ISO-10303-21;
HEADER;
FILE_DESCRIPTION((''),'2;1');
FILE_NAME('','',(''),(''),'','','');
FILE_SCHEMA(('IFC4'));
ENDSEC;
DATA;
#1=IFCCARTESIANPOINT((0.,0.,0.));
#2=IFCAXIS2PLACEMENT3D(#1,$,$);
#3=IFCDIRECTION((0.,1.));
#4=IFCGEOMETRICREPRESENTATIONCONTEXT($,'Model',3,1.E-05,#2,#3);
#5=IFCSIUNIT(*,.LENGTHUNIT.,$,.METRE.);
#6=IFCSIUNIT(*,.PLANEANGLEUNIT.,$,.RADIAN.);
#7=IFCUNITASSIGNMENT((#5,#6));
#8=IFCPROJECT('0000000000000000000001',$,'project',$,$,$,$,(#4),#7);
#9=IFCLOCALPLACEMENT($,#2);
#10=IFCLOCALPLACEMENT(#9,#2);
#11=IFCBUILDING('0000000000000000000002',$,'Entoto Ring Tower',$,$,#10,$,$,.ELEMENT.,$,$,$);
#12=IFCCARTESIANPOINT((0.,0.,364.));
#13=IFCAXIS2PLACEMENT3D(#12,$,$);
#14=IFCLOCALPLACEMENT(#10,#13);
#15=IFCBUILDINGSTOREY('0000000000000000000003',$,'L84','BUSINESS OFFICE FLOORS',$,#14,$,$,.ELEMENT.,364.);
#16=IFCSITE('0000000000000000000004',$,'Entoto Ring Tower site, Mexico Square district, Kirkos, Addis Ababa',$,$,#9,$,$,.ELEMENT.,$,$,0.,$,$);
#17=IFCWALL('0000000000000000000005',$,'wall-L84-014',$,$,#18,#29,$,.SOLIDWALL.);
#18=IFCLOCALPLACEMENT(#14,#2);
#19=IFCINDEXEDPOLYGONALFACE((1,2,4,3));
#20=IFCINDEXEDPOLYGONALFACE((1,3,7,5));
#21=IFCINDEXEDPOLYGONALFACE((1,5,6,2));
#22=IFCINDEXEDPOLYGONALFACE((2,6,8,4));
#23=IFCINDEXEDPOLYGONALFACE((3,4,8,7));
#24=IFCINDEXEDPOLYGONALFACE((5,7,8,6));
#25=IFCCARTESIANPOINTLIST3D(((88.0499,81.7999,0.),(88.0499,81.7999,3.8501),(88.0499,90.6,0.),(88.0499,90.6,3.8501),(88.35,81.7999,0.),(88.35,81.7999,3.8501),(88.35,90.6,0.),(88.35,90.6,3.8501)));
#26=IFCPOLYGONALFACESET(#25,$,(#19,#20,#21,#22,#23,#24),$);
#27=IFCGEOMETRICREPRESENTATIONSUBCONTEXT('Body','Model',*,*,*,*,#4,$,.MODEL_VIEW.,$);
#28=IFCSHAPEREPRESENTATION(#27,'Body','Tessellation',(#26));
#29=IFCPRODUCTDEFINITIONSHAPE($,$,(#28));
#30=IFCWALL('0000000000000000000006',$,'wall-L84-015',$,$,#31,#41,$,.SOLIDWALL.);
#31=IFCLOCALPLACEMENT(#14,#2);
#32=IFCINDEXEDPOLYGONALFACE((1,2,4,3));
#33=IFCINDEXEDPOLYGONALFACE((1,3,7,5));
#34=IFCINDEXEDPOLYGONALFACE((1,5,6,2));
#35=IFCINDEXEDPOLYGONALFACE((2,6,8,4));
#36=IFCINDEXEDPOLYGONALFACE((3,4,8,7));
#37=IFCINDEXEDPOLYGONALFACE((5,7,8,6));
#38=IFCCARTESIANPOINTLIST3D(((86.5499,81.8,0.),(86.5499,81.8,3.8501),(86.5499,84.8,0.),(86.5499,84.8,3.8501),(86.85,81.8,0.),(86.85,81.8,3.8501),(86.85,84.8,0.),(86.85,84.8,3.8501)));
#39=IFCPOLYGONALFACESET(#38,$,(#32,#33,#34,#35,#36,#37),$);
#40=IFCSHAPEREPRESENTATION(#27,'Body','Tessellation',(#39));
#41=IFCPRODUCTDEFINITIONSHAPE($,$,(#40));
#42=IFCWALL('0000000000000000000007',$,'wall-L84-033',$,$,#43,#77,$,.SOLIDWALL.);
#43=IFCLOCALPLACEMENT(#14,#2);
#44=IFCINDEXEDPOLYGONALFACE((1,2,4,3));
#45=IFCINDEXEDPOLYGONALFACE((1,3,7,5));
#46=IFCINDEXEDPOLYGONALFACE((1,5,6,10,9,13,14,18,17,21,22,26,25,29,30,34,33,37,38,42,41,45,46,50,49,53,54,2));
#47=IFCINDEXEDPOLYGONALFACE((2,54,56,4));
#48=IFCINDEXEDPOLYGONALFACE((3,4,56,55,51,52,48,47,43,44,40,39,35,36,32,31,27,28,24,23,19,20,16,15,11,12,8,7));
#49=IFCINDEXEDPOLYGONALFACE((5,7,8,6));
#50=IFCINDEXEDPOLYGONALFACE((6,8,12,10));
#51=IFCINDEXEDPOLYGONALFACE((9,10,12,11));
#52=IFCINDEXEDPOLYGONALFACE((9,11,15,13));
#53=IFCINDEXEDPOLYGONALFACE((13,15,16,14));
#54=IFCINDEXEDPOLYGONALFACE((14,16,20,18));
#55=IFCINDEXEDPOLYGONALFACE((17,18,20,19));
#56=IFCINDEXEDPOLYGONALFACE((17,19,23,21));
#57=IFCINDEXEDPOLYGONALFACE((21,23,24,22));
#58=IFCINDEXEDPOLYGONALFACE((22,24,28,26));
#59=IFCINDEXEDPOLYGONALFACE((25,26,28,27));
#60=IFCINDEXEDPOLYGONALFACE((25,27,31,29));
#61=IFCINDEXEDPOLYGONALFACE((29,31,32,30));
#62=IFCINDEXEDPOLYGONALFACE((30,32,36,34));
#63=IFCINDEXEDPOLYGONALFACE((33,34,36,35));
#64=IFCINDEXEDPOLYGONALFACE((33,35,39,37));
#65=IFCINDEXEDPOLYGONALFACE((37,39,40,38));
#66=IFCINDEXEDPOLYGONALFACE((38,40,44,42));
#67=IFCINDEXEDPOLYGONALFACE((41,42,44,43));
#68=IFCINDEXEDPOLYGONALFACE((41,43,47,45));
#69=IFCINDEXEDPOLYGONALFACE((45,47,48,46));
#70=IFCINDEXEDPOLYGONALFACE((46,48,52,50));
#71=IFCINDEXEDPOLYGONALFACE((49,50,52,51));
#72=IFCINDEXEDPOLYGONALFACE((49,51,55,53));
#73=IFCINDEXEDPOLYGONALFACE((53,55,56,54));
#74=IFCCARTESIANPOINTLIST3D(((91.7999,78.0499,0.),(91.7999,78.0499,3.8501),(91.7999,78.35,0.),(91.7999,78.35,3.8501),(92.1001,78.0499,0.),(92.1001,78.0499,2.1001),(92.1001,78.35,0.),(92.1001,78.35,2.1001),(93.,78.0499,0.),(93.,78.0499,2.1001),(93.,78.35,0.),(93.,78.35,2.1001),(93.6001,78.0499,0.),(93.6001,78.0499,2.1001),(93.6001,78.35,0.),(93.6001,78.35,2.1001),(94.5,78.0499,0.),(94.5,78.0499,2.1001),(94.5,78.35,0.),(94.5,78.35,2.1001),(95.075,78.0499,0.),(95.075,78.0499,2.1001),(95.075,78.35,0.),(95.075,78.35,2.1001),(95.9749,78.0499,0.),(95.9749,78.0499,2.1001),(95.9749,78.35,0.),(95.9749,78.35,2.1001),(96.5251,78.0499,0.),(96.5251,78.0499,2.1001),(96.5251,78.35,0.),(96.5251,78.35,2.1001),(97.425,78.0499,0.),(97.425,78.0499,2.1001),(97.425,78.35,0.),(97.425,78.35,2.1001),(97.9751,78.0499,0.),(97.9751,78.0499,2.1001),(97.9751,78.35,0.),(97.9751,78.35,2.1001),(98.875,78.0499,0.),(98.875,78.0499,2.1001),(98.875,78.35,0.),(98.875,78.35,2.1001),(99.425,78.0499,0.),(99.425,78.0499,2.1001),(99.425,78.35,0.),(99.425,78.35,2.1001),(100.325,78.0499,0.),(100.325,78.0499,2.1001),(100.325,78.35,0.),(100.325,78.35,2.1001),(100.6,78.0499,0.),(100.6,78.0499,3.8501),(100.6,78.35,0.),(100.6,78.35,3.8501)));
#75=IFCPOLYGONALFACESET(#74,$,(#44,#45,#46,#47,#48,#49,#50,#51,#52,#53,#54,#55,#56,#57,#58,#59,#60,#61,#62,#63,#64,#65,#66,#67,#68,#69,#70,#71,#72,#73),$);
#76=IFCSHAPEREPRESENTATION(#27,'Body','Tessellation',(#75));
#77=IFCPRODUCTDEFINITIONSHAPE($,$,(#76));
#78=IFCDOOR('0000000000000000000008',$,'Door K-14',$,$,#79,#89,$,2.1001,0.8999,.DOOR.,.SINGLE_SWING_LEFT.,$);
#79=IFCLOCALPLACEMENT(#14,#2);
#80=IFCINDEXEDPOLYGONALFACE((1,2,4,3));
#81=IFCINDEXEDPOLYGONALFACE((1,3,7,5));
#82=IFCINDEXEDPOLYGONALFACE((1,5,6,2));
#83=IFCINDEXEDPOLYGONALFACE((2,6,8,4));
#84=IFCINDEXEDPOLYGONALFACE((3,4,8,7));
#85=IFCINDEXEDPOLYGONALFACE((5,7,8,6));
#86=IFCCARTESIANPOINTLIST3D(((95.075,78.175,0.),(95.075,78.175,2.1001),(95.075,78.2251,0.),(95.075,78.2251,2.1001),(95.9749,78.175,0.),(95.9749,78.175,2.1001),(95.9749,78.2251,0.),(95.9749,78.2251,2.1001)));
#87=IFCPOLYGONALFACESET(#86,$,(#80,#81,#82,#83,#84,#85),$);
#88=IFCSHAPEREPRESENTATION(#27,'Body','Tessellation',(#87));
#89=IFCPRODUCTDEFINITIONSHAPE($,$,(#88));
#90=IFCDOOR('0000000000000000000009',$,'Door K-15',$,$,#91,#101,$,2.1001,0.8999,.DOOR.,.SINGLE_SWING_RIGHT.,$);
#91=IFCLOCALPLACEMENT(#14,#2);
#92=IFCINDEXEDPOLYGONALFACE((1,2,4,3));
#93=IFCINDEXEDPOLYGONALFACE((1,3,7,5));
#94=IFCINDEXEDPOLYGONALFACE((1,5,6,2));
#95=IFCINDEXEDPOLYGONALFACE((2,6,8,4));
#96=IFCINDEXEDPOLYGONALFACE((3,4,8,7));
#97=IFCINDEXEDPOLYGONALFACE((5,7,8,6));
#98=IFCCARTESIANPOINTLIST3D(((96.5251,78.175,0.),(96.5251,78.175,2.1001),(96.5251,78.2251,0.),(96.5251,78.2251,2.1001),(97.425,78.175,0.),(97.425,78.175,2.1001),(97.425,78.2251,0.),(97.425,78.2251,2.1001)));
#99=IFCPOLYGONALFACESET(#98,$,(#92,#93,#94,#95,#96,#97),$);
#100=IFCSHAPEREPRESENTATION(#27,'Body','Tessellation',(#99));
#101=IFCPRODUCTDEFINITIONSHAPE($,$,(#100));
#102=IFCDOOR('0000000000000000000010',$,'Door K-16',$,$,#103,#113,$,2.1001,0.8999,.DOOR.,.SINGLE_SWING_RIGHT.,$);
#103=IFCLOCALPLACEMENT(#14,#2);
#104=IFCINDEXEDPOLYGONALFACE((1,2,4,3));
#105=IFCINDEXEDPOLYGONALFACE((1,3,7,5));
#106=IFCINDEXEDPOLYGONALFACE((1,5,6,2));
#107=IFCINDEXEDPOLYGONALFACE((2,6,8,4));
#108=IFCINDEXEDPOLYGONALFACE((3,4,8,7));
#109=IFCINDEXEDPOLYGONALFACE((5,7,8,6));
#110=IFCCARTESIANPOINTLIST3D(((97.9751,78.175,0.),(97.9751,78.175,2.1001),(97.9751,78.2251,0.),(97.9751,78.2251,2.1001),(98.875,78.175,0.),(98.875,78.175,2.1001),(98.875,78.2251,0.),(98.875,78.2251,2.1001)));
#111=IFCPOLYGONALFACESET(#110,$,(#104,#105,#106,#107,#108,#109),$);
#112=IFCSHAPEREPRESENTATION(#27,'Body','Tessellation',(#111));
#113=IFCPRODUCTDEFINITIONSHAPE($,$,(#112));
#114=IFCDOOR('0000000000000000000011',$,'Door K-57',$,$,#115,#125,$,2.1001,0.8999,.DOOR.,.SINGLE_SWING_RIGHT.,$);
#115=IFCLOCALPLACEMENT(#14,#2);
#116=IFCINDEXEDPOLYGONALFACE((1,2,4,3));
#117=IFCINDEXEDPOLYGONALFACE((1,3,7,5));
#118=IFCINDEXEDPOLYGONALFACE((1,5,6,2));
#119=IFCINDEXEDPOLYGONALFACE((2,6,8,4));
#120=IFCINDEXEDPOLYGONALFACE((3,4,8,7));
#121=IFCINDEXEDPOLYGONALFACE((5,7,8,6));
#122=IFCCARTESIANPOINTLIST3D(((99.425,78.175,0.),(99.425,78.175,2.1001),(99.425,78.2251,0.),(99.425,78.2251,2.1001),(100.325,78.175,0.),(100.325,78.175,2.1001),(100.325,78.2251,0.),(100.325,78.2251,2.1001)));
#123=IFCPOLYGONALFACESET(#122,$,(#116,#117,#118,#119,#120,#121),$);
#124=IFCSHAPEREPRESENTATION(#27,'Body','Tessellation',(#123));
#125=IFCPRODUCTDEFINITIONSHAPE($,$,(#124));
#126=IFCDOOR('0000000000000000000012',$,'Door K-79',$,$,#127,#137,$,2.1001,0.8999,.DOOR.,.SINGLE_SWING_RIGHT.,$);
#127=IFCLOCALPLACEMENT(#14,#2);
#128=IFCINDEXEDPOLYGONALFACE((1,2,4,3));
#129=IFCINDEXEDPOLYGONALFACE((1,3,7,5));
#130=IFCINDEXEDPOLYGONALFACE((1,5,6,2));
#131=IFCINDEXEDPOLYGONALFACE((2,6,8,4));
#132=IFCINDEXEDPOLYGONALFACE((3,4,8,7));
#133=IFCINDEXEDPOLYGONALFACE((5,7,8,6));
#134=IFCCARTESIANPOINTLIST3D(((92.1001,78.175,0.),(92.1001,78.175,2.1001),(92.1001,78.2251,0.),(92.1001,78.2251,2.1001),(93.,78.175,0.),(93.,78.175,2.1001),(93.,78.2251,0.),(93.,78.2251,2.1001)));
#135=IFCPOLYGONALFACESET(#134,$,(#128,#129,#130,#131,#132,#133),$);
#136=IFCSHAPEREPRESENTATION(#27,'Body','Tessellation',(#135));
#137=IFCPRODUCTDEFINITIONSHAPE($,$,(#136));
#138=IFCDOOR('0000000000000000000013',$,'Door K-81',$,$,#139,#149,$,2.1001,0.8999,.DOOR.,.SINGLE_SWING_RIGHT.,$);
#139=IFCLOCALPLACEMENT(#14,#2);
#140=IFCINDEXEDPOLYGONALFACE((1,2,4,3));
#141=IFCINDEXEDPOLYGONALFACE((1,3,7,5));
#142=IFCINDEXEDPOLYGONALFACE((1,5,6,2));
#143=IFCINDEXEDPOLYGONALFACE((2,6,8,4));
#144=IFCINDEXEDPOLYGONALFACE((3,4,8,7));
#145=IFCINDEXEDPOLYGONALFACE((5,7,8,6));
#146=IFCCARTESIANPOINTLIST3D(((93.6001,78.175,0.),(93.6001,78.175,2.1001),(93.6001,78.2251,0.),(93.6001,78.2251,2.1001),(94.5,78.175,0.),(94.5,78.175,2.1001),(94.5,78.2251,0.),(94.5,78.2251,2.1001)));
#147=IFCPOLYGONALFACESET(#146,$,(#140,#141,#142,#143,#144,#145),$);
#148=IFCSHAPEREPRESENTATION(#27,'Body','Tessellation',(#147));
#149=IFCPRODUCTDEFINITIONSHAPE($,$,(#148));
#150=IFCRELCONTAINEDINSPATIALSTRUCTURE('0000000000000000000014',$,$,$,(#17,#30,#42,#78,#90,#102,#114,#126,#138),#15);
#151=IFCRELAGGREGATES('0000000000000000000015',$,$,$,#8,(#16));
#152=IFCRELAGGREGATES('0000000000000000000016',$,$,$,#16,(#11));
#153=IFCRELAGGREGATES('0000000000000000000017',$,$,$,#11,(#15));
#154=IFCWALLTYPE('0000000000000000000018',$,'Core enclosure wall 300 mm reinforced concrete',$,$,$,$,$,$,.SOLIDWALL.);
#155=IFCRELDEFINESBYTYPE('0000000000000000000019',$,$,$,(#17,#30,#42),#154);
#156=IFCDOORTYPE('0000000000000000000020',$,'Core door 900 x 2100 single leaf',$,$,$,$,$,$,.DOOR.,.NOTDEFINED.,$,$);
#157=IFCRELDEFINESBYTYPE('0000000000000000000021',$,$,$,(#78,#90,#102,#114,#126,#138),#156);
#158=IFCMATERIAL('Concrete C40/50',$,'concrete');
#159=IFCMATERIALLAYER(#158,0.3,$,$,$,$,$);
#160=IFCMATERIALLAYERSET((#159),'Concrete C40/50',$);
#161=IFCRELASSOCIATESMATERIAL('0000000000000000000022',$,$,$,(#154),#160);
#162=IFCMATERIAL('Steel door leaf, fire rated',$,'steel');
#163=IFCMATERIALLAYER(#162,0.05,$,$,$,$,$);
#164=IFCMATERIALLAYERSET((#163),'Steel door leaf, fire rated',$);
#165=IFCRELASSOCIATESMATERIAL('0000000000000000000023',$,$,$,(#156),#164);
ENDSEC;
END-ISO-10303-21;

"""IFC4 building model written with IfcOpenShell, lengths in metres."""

from ifc_helpers import new_model, si_unit, direction, frame, frame_2d, origin, place, context, subcontext, project, spatial, rectangle, extrude, material, layer, layer_set, type_object, element, fill, save


model = new_model("IFC4")

# Units and contexts
model_context = context("Model", 3, precision=1e-05, world=origin(), true_north=direction((0.0, 1.0)))
body_context = subcontext(model_context, "Body", "Model", "MODEL_VIEW")
ifc_project = project(units=[si_unit("LENGTHUNIT", "METRE"), si_unit("PLANEANGLEUNIT", "RADIAN")], contexts=[model_context])

# Site, building, storey
site_placement = place(None, origin())
site = spatial("IfcSite", under=ifc_project, at=site_placement, Name="Entoto Ring Tower site, Mexico Square district, Kirkos, Addis Ababa", CompositionType="ELEMENT", RefElevation=0.0)
building_placement = place(site_placement, origin())
building = spatial("IfcBuilding", under=site, at=building_placement, Name="Entoto Ring Tower", CompositionType="ELEMENT")
storey_placement = place(building_placement, frame((0.0, 0.0, 364.0)))
storey = spatial("IfcBuildingStorey", under=building, at=storey_placement, Name="L84", Description="BUSINESS OFFICE FLOORS", CompositionType="ELEMENT", Elevation=364.0)

# Shared definitions
ifc_material_1 = material(Name="Concrete C40/50", Category="concrete")
ifc_layer_1 = layer(ifc_material_1, 0.3)
ifc_layer_set_1 = layer_set([ifc_layer_1], Name="Concrete C40/50")
wall_type = type_object("IfcWallType", Name="Core enclosure wall 300 mm reinforced concrete", PredefinedType="SOLIDWALL", material=ifc_layer_set_1)

# Shared definitions
ifc_material_2 = material(Name="Steel door leaf, fire rated", Category="steel")
ifc_layer_2 = layer(ifc_material_2, 0.05)
ifc_layer_set_2 = layer_set([ifc_layer_2], Name="Steel door leaf, fire rated")
door_type_1 = type_object("IfcDoorType", Name="Core door 900 x 2100 single leaf", OperationType="NOTDEFINED", PredefinedType="DOOR", material=ifc_layer_set_2)

# Walls
wall_1_placement = place(storey_placement, frame((88.2, 81.8, 0.0), z_axis=(0.0, 0.0, 1.0), x_axis=(0.0, 1.0, 0.0)))
element("IfcWall", 1, at=wall_1_placement, inside=storey, type_object=wall_type, Name="wall-L84-014", PredefinedType="SOLIDWALL", context=body_context, shape_type="SweptSolid", body=[
    extrude(rectangle(XDim=8.8, YDim=0.3, at=frame_2d((4.3999, 0.0))), origin(), (0.0, 0.0, 1.0), 3.8501),
])
wall_2_placement = place(storey_placement, frame((86.7, 81.8, 0.0), z_axis=(0.0, 0.0, 1.0), x_axis=(0.0, 1.0, 0.0)))
element("IfcWall", 2, at=wall_2_placement, inside=storey, type_object=wall_type, Name="wall-L84-015", PredefinedType="SOLIDWALL", context=body_context, shape_type="SweptSolid", body=[
    extrude(rectangle(XDim=3.0, YDim=0.3, at=frame_2d((1.5, 0.0))), origin(), (0.0, 0.0, 1.0), 3.8501),
])

# Wall, openings, doors
wall_3_placement = place(storey_placement, frame((91.8, 78.2, 0.0), z_axis=(0.0, 0.0, 1.0), x_axis=(1.0, 0.0, 0.0)))
wall_3 = element("IfcWall", 3, at=wall_3_placement, inside=storey, type_object=wall_type, Name="wall-L84-033", PredefinedType="SOLIDWALL", context=body_context, shape_type="SweptSolid", body=[
    extrude(rectangle(XDim=8.8, YDim=0.3, at=frame_2d((4.3999, 0.0))), origin(), (0.0, 0.0, 1.0), 3.8501),
])
opening_1_placement = place(wall_3_placement, frame((3.2749, 0.0, 0.0)))
opening_1 = element("IfcOpeningElement", 4, at=opening_1_placement, cuts=wall_3, PredefinedType="OPENING", context=body_context, shape_type="SweptSolid", body=[
    extrude(rectangle(XDim=0.8999, YDim=2.1001, at=frame_2d((0.45, 1.05))), frame((0.0, 0.1602, 0.0), z_axis=(0.0, -1.0, 0.0), x_axis=(1.0, 0.0, 0.0)), (0.0, 0.0, 1.0), 0.3201),
])
opening_2_placement = place(wall_3_placement, frame((4.7251, 0.0, 0.0)))
opening_2 = element("IfcOpeningElement", 5, at=opening_2_placement, cuts=wall_3, PredefinedType="OPENING", context=body_context, shape_type="SweptSolid", body=[
    extrude(rectangle(XDim=0.8999, YDim=2.1001, at=frame_2d((0.45, 1.05))), frame((0.0, 0.1602, 0.0), z_axis=(0.0, -1.0, 0.0), x_axis=(1.0, 0.0, 0.0)), (0.0, 0.0, 1.0), 0.3201),
])
opening_3_placement = place(wall_3_placement, frame((6.175, 0.0, 0.0)))
opening_3 = element("IfcOpeningElement", 6, at=opening_3_placement, cuts=wall_3, PredefinedType="OPENING", context=body_context, shape_type="SweptSolid", body=[
    extrude(rectangle(XDim=0.8999, YDim=2.1001, at=frame_2d((0.45, 1.05))), frame((0.0, 0.1602, 0.0), z_axis=(0.0, -1.0, 0.0), x_axis=(1.0, 0.0, 0.0)), (0.0, 0.0, 1.0), 0.3201),
])
opening_4_placement = place(wall_3_placement, frame((7.625, 0.0, 0.0)))
opening_4 = element("IfcOpeningElement", 7, at=opening_4_placement, cuts=wall_3, PredefinedType="OPENING", context=body_context, shape_type="SweptSolid", body=[
    extrude(rectangle(XDim=0.8999, YDim=2.1001, at=frame_2d((0.45, 1.05))), frame((0.0, 0.1602, 0.0), z_axis=(0.0, -1.0, 0.0), x_axis=(1.0, 0.0, 0.0)), (0.0, 0.0, 1.0), 0.3201),
])
opening_5_placement = place(wall_3_placement, frame((0.3, 0.0, 0.0)))
opening_5 = element("IfcOpeningElement", 8, at=opening_5_placement, cuts=wall_3, PredefinedType="OPENING", context=body_context, shape_type="SweptSolid", body=[
    extrude(rectangle(XDim=0.8999, YDim=2.1001, at=frame_2d((0.45, 1.05))), frame((0.0, 0.1602, 0.0), z_axis=(0.0, -1.0, 0.0), x_axis=(1.0, 0.0, 0.0)), (0.0, 0.0, 1.0), 0.3201),
])
opening_6_placement = place(wall_3_placement, frame((1.8, 0.0, 0.0)))
opening_6 = element("IfcOpeningElement", 9, at=opening_6_placement, cuts=wall_3, PredefinedType="OPENING", context=body_context, shape_type="SweptSolid", body=[
    extrude(rectangle(XDim=0.8999, YDim=2.1001, at=frame_2d((0.45, 1.05))), frame((0.0, 0.1602, 0.0), z_axis=(0.0, -1.0, 0.0), x_axis=(1.0, 0.0, 0.0)), (0.0, 0.0, 1.0), 0.3201),
])
door_1_placement = place(opening_1_placement, frame((0.8999, 0.0, 0.0), z_axis=(0.0, 0.0, 1.0), x_axis=(-1.0, 0.0, 0.0)))
door_1 = element("IfcDoor", 10, at=door_1_placement, inside=storey, type_object=door_type_1, Name="Door K-14", OperationType="SINGLE_SWING_LEFT", OverallHeight=2.1001, OverallWidth=0.8999, PredefinedType="DOOR", context=body_context, shape_type="SweptSolid", body=[
    extrude(rectangle(XDim=0.8999, YDim=2.1001, at=frame_2d((0.45, 1.05))), frame((0.0, 0.0249, 0.0), z_axis=(0.0, -1.0, 0.0), x_axis=(1.0, 0.0, 0.0)), (0.0, 0.0, 1.0), 0.05),
])
fill(opening_1, door_1)
door_2_placement = place(opening_2_placement, frame((0.8999, 0.0, 0.0), z_axis=(0.0, 0.0, 1.0), x_axis=(-1.0, 0.0, 0.0)))
door_2 = element("IfcDoor", 11, at=door_2_placement, inside=storey, type_object=door_type_1, Name="Door K-15", OperationType="SINGLE_SWING_RIGHT", OverallHeight=2.1001, OverallWidth=0.8999, PredefinedType="DOOR", context=body_context, shape_type="SweptSolid", body=[
    extrude(rectangle(XDim=0.8999, YDim=2.1001, at=frame_2d((0.45, 1.05))), frame((0.0, 0.0249, 0.0), z_axis=(0.0, -1.0, 0.0), x_axis=(1.0, 0.0, 0.0)), (0.0, 0.0, 1.0), 0.05),
])
fill(opening_2, door_2)
door_3_placement = place(opening_3_placement, frame((0.8999, 0.0, 0.0), z_axis=(0.0, 0.0, 1.0), x_axis=(-1.0, 0.0, 0.0)))
door_3 = element("IfcDoor", 12, at=door_3_placement, inside=storey, type_object=door_type_1, Name="Door K-16", OperationType="SINGLE_SWING_RIGHT", OverallHeight=2.1001, OverallWidth=0.8999, PredefinedType="DOOR", context=body_context, shape_type="SweptSolid", body=[
    extrude(rectangle(XDim=0.8999, YDim=2.1001, at=frame_2d((0.45, 1.05))), frame((0.0, 0.0249, 0.0), z_axis=(0.0, -1.0, 0.0), x_axis=(1.0, 0.0, 0.0)), (0.0, 0.0, 1.0), 0.05),
])
fill(opening_3, door_3)
door_4_placement = place(opening_4_placement, frame((0.8999, 0.0, 0.0), z_axis=(0.0, 0.0, 1.0), x_axis=(-1.0, 0.0, 0.0)))
door_4 = element("IfcDoor", 13, at=door_4_placement, inside=storey, type_object=door_type_1, Name="Door K-57", OperationType="SINGLE_SWING_RIGHT", OverallHeight=2.1001, OverallWidth=0.8999, PredefinedType="DOOR", context=body_context, shape_type="SweptSolid", body=[
    extrude(rectangle(XDim=0.8999, YDim=2.1001, at=frame_2d((0.45, 1.05))), frame((0.0, 0.0249, 0.0), z_axis=(0.0, -1.0, 0.0), x_axis=(1.0, 0.0, 0.0)), (0.0, 0.0, 1.0), 0.05),
])
fill(opening_4, door_4)
door_5_placement = place(opening_5_placement, frame((0.8999, 0.0, 0.0), z_axis=(0.0, 0.0, 1.0), x_axis=(-1.0, 0.0, 0.0)))
door_5 = element("IfcDoor", 14, at=door_5_placement, inside=storey, type_object=door_type_1, Name="Door K-79", OperationType="SINGLE_SWING_RIGHT", OverallHeight=2.1001, OverallWidth=0.8999, PredefinedType="DOOR", context=body_context, shape_type="SweptSolid", body=[
    extrude(rectangle(XDim=0.8999, YDim=2.1001, at=frame_2d((0.45, 1.05))), frame((0.0, 0.0249, 0.0), z_axis=(0.0, -1.0, 0.0), x_axis=(1.0, 0.0, 0.0)), (0.0, 0.0, 1.0), 0.05),
])
fill(opening_5, door_5)
door_6_placement = place(opening_6_placement, frame((0.8999, 0.0, 0.0), z_axis=(0.0, 0.0, 1.0), x_axis=(-1.0, 0.0, 0.0)))
door_6 = element("IfcDoor", 15, at=door_6_placement, inside=storey, type_object=door_type_1, Name="Door K-81", OperationType="SINGLE_SWING_RIGHT", OverallHeight=2.1001, OverallWidth=0.8999, PredefinedType="DOOR", context=body_context, shape_type="SweptSolid", body=[
    extrude(rectangle(XDim=0.8999, YDim=2.1001, at=frame_2d((0.45, 1.05))), frame((0.0, 0.0249, 0.0), z_axis=(0.0, -1.0, 0.0), x_axis=(1.0, 0.0, 0.0)), (0.0, 0.0, 1.0), 0.05),
])
fill(opening_6, door_6)

save(model, "model.ifc")
